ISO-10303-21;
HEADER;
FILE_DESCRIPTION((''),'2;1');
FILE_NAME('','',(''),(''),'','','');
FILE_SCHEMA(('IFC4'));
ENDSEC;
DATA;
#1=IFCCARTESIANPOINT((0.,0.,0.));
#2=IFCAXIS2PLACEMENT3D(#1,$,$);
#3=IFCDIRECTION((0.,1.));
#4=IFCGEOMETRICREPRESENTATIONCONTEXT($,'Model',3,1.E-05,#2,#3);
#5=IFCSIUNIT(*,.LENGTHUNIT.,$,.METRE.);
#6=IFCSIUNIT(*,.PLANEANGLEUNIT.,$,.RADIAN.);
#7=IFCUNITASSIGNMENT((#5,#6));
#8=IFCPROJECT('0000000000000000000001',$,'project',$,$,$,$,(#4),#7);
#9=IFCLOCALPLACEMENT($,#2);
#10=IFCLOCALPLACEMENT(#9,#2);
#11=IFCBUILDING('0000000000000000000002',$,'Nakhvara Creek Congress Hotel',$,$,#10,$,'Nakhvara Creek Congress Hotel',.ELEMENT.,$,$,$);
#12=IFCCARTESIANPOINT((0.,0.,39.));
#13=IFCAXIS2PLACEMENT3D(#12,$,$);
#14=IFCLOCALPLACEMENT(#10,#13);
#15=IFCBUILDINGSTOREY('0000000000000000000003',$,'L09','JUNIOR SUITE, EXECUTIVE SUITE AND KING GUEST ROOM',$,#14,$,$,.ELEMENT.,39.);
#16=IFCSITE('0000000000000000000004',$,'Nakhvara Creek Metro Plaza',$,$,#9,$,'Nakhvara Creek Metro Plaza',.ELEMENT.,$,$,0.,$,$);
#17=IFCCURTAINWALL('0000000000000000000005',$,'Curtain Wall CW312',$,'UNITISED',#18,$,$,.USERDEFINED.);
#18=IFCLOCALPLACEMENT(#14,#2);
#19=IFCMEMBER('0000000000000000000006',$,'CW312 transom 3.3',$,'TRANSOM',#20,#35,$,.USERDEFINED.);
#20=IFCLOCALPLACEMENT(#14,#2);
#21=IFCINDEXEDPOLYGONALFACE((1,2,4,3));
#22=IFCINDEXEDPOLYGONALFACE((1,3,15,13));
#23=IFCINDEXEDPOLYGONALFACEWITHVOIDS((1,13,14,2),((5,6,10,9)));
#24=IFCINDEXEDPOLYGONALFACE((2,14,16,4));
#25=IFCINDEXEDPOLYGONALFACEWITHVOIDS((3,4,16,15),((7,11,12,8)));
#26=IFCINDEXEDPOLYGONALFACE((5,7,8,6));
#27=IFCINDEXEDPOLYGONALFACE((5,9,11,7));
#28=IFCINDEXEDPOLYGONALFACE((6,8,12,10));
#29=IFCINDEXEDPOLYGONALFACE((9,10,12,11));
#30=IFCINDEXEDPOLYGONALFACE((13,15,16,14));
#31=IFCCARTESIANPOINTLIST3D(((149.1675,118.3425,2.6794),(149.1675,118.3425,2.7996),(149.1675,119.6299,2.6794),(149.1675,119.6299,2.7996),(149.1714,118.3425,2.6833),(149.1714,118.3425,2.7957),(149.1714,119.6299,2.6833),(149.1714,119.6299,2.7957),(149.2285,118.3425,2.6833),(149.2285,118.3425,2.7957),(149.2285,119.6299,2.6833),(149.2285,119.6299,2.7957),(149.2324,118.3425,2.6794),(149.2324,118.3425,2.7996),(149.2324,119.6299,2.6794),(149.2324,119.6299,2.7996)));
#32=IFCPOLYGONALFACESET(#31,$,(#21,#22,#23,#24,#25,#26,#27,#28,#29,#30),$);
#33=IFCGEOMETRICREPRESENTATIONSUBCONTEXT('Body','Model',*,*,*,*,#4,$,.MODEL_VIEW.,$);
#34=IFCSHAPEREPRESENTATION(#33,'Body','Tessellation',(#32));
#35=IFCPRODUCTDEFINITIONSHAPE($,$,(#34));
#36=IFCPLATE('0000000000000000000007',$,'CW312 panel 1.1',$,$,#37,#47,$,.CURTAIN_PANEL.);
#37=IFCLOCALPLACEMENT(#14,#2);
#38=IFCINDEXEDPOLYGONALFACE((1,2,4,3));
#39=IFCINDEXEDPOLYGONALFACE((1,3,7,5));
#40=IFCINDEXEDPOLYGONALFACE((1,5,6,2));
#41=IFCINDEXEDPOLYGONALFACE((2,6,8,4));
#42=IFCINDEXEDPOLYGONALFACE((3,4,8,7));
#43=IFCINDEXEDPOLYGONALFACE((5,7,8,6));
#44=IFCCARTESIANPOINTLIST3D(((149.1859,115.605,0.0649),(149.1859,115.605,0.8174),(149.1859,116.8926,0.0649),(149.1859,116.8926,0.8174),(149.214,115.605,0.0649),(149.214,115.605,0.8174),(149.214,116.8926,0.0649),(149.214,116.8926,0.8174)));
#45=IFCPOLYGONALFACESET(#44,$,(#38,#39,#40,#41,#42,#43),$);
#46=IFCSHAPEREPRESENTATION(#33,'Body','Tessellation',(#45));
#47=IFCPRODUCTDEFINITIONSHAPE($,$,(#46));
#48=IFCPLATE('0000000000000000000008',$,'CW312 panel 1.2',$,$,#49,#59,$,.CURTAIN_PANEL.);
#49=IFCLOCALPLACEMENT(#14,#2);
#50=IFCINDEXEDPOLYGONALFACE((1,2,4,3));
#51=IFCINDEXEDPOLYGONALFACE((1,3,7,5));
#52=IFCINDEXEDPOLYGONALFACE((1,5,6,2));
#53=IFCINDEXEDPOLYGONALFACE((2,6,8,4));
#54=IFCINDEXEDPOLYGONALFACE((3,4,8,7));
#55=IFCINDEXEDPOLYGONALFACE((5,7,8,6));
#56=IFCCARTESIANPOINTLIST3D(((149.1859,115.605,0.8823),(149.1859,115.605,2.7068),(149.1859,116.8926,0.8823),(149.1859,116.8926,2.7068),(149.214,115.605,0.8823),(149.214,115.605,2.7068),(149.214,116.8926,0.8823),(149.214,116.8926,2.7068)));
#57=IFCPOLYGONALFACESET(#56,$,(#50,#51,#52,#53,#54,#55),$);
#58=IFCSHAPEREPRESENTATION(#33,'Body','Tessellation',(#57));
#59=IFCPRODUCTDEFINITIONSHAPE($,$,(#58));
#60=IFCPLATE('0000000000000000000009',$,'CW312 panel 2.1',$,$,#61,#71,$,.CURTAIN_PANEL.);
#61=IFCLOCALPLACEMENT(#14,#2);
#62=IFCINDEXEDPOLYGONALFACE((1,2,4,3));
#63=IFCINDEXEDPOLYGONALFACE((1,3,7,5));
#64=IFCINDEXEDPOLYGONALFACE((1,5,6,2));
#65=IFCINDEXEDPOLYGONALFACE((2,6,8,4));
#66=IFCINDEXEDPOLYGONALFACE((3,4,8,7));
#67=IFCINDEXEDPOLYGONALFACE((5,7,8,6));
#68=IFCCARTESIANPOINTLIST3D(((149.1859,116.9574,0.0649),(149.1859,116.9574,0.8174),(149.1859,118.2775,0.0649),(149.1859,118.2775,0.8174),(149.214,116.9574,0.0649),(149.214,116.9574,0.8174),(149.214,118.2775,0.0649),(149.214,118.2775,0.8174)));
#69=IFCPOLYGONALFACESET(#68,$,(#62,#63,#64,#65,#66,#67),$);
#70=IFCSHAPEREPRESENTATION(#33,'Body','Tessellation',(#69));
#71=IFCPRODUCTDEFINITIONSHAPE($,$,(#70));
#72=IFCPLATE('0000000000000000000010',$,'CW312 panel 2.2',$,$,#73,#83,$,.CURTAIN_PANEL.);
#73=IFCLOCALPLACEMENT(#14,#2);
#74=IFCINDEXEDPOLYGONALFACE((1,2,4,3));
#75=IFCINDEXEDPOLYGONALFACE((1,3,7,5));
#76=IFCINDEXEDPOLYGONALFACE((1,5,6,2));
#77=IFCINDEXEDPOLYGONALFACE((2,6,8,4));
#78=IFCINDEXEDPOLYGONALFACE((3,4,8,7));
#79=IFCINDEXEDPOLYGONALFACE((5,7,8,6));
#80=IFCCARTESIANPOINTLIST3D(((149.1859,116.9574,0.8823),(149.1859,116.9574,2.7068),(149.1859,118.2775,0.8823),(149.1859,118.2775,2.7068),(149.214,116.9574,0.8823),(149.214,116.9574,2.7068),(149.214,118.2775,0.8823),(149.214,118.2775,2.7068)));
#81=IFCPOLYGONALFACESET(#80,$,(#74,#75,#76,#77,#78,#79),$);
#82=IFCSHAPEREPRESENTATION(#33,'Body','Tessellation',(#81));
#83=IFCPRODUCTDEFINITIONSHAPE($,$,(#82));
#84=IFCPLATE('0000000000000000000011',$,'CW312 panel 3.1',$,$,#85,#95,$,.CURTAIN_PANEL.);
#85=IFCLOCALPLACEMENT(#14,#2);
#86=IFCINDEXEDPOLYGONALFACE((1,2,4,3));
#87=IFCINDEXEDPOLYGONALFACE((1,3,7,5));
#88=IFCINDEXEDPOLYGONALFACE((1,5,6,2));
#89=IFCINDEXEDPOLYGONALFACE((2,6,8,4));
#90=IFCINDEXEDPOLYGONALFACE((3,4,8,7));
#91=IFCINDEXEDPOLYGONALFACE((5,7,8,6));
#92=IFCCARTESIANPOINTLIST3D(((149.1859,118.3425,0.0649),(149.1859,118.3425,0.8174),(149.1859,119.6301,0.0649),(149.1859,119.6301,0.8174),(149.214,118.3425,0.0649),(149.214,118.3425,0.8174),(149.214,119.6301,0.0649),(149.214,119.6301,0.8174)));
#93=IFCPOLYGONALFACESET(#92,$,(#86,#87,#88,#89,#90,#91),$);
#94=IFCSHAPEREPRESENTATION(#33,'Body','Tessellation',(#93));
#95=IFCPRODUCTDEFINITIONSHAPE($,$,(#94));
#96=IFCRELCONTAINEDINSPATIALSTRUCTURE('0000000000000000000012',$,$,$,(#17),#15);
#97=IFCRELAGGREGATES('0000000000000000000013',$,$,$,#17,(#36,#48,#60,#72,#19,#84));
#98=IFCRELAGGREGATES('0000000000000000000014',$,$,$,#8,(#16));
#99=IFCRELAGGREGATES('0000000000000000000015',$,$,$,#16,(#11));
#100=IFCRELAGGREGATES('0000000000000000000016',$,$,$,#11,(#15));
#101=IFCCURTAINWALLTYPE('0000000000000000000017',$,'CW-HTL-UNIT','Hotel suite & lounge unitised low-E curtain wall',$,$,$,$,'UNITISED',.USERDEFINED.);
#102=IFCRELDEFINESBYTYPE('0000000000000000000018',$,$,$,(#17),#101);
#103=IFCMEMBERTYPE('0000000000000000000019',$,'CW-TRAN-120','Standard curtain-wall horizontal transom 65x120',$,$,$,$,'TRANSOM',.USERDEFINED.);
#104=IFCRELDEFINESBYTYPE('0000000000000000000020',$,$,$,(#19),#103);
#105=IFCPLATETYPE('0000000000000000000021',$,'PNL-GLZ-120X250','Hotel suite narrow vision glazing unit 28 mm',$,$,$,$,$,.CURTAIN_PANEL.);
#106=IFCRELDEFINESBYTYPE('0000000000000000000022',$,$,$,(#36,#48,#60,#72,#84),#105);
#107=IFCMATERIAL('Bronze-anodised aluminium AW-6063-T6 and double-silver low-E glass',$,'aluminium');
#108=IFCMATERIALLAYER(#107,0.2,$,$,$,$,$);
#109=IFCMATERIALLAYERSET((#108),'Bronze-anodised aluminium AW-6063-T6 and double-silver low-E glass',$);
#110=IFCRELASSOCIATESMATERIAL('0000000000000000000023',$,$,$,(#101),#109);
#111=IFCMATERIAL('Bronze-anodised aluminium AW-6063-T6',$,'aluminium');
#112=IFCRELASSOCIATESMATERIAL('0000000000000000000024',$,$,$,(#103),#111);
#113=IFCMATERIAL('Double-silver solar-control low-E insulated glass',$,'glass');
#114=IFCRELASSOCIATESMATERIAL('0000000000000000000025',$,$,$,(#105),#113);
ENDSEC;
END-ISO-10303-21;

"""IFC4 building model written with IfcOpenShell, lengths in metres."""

from ifc_helpers import new_model, si_unit, direction, frame, origin, origin_2d, place, context, subcontext, project, spatial, rectangle, hollow_rectangle, extrude, material, layer, layer_set, material_profile, profile_set, type_object, element, aggregate, save


model = new_model("IFC4")

# Units and contexts
model_context = context("Model", 3, precision=1e-05, world=origin(), true_north=direction((0.0, 1.0)))
body_context = subcontext(model_context, "Body", "Model", "MODEL_VIEW")
ifc_project = project(units=[si_unit("LENGTHUNIT", "METRE"), si_unit("PLANEANGLEUNIT", "RADIAN")], contexts=[model_context])

# Site, building, storey
site_placement = place(None, origin())
site = spatial("IfcSite", under=ifc_project, at=site_placement, Name="Nakhvara Creek Metro Plaza", LongName="Nakhvara Creek Metro Plaza", CompositionType="ELEMENT", RefElevation=0.0)
building_placement = place(site_placement, origin())
building = spatial("IfcBuilding", under=site, at=building_placement, Name="Nakhvara Creek Congress Hotel", LongName="Nakhvara Creek Congress Hotel", CompositionType="ELEMENT")
storey_placement = place(building_placement, frame((0.0, 0.0, 39.0)))
storey = spatial("IfcBuildingStorey", under=building, at=storey_placement, Name="L09", Description="JUNIOR SUITE, EXECUTIVE SUITE AND KING GUEST ROOM", CompositionType="ELEMENT", Elevation=39.0)

# Curtain wall, member, plates
ifc_material_1 = material(Name="Bronze-anodised aluminium AW-6063-T6 and double-silver low-E glass", Category="aluminium")
ifc_layer = layer(ifc_material_1, 0.2)
ifc_layer_set = layer_set([ifc_layer], Name="Bronze-anodised aluminium AW-6063-T6 and double-silver low-E glass")
curtain_wall_type = type_object("IfcCurtainWallType", Name="CW-HTL-UNIT", Description="Hotel suite & lounge unitised low-E curtain wall", ElementType="UNITISED", PredefinedType="USERDEFINED", material=ifc_layer_set)
curtain_wall_placement = place(storey_placement, origin())
curtain_wall = element("IfcCurtainWall", 1, at=curtain_wall_placement, inside=storey, type_object=curtain_wall_type, Name="Curtain Wall CW312", ObjectType="UNITISED", PredefinedType="USERDEFINED")
ifc_material_2 = material(Name="Bronze-anodised aluminium AW-6063-T6", Category="aluminium")
ifc_material_profile_1 = material_profile(ifc_material_2, hollow_rectangle(XDim=0.0649, YDim=0.1201, WallThickness=0.0039, at=origin_2d()), Name="ALU-TRAN 65x120x4", Category="LoadBearing")
ifc_profile_set_1 = profile_set([ifc_material_profile_1], Name="Bronze-anodised aluminium AW-6063-T6")
member_type_1 = type_object("IfcMemberType", Name="CW-TRAN-120", Description="Standard curtain-wall horizontal transom 65x120", ElementType="TRANSOM", PredefinedType="USERDEFINED", material=ifc_profile_set_1)
member_1_placement = place(storey_placement, frame((149.2, 118.3425, 2.7395), z_axis=(0.0, 1.0, 0.0), x_axis=(-1.0, 0.0, 0.0)))
member_1 = element("IfcMember", 2, at=member_1_placement, type_object=member_type_1, Name="CW312 transom 3.3", ObjectType="TRANSOM", PredefinedType="USERDEFINED", context=body_context, shape_type="SweptSolid", body=[
    extrude(hollow_rectangle(XDim=0.0649, YDim=0.1201, WallThickness=0.0039, at=origin_2d()), origin(), (0.0, 0.0, 1.0), 1.2874),
])
ifc_material_3 = material(Name="Double-silver solar-control low-E insulated glass", Category="glass")
plate_type = type_object("IfcPlateType", Name="PNL-GLZ-120X250", Description="Hotel suite narrow vision glazing unit 28 mm", PredefinedType="CURTAIN_PANEL", material=ifc_material_3)
plate_1_placement = place(storey_placement, frame((149.2, 116.2488, 0.0649), z_axis=(0.0, 0.0, 1.0), x_axis=(0.0, 1.0, 0.0)))
plate_1 = element("IfcPlate", 3, at=plate_1_placement, type_object=plate_type, Name="CW312 panel 1.1", PredefinedType="CURTAIN_PANEL", context=body_context, shape_type="SweptSolid", body=[
    extrude(rectangle(XDim=1.2876, YDim=0.0281, at=origin_2d()), origin(), (0.0, 0.0, 1.0), 0.7524),
])
plate_2_placement = place(storey_placement, frame((149.2, 116.2488, 0.8823), z_axis=(0.0, 0.0, 1.0), x_axis=(0.0, 1.0, 0.0)))
plate_2 = element("IfcPlate", 4, at=plate_2_placement, type_object=plate_type, Name="CW312 panel 1.2", PredefinedType="CURTAIN_PANEL", context=body_context, shape_type="SweptSolid", body=[
    extrude(rectangle(XDim=1.2876, YDim=0.0281, at=origin_2d()), origin(), (0.0, 0.0, 1.0), 1.8245),
])
plate_3_placement = place(storey_placement, frame((149.2, 117.6174, 0.0649), z_axis=(0.0, 0.0, 1.0), x_axis=(0.0, 1.0, 0.0)))
plate_3 = element("IfcPlate", 5, at=plate_3_placement, type_object=plate_type, Name="CW312 panel 2.1", PredefinedType="CURTAIN_PANEL", context=body_context, shape_type="SweptSolid", body=[
    extrude(rectangle(XDim=1.3201, YDim=0.0281, at=origin_2d()), origin(), (0.0, 0.0, 1.0), 0.7524),
])
plate_4_placement = place(storey_placement, frame((149.2, 117.6174, 0.8823), z_axis=(0.0, 0.0, 1.0), x_axis=(0.0, 1.0, 0.0)))
plate_4 = element("IfcPlate", 6, at=plate_4_placement, type_object=plate_type, Name="CW312 panel 2.2", PredefinedType="CURTAIN_PANEL", context=body_context, shape_type="SweptSolid", body=[
    extrude(rectangle(XDim=1.3201, YDim=0.0281, at=origin_2d()), origin(), (0.0, 0.0, 1.0), 1.8245),
])
plate_5_placement = place(storey_placement, frame((149.2, 118.9863, 0.0649), z_axis=(0.0, 0.0, 1.0), x_axis=(0.0, 1.0, 0.0)))
plate_5 = element("IfcPlate", 7, at=plate_5_placement, type_object=plate_type, Name="CW312 panel 3.1", PredefinedType="CURTAIN_PANEL", context=body_context, shape_type="SweptSolid", body=[
    extrude(rectangle(XDim=1.2876, YDim=0.0281, at=origin_2d()), origin(), (0.0, 0.0, 1.0), 0.7524),
])
aggregate(curtain_wall, [plate_1, plate_2, plate_3, plate_4, member_1, plate_5])

save(model, "model.ifc")
